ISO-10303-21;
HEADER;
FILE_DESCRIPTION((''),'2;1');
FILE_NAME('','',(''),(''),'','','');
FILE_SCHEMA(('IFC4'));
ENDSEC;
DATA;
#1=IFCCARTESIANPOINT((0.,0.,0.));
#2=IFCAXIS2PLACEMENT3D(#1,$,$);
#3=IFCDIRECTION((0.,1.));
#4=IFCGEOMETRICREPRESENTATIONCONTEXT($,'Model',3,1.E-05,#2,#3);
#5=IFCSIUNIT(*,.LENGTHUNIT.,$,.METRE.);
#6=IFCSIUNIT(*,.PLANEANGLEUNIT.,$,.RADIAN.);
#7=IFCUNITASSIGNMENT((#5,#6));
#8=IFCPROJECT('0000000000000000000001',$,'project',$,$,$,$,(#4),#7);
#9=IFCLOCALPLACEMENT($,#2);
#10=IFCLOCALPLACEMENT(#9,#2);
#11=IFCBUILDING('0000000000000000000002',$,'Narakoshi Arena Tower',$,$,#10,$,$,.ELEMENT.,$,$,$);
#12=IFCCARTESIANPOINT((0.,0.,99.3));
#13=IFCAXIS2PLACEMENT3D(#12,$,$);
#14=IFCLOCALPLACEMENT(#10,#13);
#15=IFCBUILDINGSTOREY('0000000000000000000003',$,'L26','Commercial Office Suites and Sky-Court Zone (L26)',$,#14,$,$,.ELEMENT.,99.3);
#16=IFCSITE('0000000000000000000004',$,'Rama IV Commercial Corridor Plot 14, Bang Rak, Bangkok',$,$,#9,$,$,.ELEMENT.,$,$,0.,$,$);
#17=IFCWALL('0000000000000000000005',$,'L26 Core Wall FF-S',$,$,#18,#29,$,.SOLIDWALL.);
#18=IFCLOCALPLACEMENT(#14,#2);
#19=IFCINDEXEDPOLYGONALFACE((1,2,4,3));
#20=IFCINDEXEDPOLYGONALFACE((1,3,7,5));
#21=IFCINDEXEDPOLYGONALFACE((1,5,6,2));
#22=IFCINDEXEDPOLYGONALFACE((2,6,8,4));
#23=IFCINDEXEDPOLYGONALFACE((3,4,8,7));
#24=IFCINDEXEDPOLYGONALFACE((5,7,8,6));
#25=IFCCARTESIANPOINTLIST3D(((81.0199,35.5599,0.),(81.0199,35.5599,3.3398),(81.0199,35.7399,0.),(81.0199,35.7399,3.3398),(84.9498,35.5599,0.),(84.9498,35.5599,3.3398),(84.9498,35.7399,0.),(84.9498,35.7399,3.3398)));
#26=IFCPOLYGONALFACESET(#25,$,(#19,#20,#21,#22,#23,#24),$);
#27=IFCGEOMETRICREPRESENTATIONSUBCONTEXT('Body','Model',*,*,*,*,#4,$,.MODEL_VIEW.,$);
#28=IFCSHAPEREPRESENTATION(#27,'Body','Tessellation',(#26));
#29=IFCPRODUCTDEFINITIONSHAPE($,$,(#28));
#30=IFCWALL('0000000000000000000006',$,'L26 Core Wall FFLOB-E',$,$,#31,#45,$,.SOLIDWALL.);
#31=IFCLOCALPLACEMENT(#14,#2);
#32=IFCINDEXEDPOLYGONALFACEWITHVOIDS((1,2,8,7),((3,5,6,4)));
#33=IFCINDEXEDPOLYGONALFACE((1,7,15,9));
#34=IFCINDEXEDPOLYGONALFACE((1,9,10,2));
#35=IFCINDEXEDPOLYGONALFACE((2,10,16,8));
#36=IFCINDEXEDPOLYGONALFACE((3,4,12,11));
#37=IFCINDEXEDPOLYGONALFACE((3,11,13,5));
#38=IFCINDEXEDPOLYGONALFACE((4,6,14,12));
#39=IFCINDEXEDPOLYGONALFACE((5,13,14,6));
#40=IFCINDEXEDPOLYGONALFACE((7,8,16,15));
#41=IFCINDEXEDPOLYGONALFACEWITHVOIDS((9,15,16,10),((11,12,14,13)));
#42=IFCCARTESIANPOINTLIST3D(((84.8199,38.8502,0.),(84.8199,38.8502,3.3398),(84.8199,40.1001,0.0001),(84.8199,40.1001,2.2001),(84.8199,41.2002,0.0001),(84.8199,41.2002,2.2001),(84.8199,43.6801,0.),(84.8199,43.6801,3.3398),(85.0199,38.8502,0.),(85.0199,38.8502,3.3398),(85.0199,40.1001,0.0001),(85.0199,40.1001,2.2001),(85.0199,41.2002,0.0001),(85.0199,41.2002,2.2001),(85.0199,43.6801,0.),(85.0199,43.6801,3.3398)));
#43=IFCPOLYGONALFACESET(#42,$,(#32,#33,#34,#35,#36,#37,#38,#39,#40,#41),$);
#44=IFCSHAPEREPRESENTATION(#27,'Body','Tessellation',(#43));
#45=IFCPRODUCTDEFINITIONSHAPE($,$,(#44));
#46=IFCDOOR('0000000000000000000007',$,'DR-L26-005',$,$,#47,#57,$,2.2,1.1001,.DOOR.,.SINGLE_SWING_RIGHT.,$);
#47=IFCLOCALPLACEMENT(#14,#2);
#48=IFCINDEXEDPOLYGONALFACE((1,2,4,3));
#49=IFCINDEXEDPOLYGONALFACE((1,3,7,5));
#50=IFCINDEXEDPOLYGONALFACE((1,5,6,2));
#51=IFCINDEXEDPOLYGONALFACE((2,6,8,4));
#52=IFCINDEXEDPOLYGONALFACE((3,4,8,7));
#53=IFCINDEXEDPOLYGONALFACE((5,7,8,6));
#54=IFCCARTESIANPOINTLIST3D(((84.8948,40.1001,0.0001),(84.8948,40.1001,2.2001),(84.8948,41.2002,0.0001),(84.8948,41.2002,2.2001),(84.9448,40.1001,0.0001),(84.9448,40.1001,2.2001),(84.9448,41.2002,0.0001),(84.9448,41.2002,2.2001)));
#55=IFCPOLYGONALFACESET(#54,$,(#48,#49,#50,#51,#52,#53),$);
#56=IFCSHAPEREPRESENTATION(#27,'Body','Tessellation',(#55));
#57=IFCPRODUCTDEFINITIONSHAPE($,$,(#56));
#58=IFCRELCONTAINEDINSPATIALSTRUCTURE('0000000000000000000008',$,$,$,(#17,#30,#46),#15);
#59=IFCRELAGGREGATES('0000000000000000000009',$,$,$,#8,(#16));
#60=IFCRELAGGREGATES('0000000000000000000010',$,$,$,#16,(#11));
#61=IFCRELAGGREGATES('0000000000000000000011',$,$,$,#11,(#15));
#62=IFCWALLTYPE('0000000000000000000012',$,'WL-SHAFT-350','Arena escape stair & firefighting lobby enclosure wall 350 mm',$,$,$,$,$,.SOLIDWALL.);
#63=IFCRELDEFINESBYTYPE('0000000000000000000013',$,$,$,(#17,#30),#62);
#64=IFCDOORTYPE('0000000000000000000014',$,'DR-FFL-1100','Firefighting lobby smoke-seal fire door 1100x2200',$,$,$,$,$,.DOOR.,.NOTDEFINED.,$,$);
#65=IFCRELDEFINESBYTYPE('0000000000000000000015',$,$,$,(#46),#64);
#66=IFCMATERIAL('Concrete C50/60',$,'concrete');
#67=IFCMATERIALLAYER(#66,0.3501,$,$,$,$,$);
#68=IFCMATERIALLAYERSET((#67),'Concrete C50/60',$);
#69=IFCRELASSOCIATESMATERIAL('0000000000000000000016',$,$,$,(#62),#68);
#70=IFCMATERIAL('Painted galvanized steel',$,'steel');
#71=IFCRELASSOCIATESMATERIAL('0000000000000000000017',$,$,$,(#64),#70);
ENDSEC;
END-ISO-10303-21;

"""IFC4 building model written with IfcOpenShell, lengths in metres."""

from ifc_helpers import new_model, si_unit, direction, frame, frame_2d, origin, place, context, subcontext, project, spatial, rectangle, extrude, material, layer, layer_set, type_object, element, fill, save


model = new_model("IFC4")

# Units and contexts
model_context = context("Model", 3, precision=1e-05, world=origin(), true_north=direction((0.0, 1.0)))
body_context = subcontext(model_context, "Body", "Model", "MODEL_VIEW")
ifc_project = project(units=[si_unit("LENGTHUNIT", "METRE"), si_unit("PLANEANGLEUNIT", "RADIAN")], contexts=[model_context])

# Site, building, storey
site_placement = place(None, origin())
site = spatial("IfcSite", under=ifc_project, at=site_placement, Name="Rama IV Commercial Corridor Plot 14, Bang Rak, Bangkok", CompositionType="ELEMENT", RefElevation=0.0)
building_placement = place(site_placement, origin())
building = spatial("IfcBuilding", under=site, at=building_placement, Name="Narakoshi Arena Tower", CompositionType="ELEMENT")
storey_placement = place(building_placement, frame((0.0, 0.0, 99.3)))
storey = spatial("IfcBuildingStorey", under=building, at=storey_placement, Name="L26", Description="Commercial Office Suites and Sky-Court Zone (L26)", CompositionType="ELEMENT", Elevation=99.3)

# Shared definitions
ifc_material_1 = material(Name="Concrete C50/60", Category="concrete")
ifc_layer_1 = layer(ifc_material_1, 0.3501)
ifc_layer_set_1 = layer_set([ifc_layer_1], Name="Concrete C50/60")
wall_type_1 = type_object("IfcWallType", Name="WL-SHAFT-350", Description="Arena escape stair & firefighting lobby enclosure wall 350 mm", PredefinedType="SOLIDWALL", material=ifc_layer_set_1)

# Shared definitions
ifc_material_2 = material(Name="Painted galvanized steel", Category="steel")

# Wall
wall_1_placement = place(storey_placement, frame((81.02, 35.6499, 0.0), z_axis=(0.0, 0.0, 1.0), x_axis=(1.0, 0.0, 0.0)))
element("IfcWall", 1, at=wall_1_placement, inside=storey, type_object=wall_type_1, Name="L26 Core Wall FF-S", PredefinedType="SOLIDWALL", context=body_context, shape_type="SweptSolid", body=[
    extrude(rectangle(XDim=3.9299, YDim=0.1799, at=frame_2d((1.9648, 0.0))), origin(), (0.0, 0.0, 1.0), 3.3398),
])

# Wall, opening, door
wall_2_placement = place(storey_placement, frame((84.9199, 38.8501, 0.0), z_axis=(0.0, 0.0, 1.0), x_axis=(0.0, 1.0, 0.0)))
wall_2 = element("IfcWall", 2, at=wall_2_placement, inside=storey, type_object=wall_type_1, Name="L26 Core Wall FFLOB-E", PredefinedType="SOLIDWALL", context=body_context, shape_type="SweptSolid", body=[
    extrude(rectangle(XDim=4.8298, YDim=0.2, at=frame_2d((2.415, 0.0))), origin(), (0.0, 0.0, 1.0), 3.3398),
])
opening_1_placement = place(wall_2_placement, frame((1.25, 0.0, 0.0)))
opening_1 = element("IfcOpeningElement", 3, at=opening_1_placement, cuts=wall_2, PredefinedType="OPENING", context=body_context, shape_type="SweptSolid", body=[
    extrude(rectangle(XDim=1.1001, YDim=2.2, at=frame_2d((0.55, 1.1001))), frame((0.0, 0.1099, 0.0), z_axis=(0.0, -1.0, 0.0), x_axis=(1.0, 0.0, 0.0)), (0.0, 0.0, 1.0), 0.22),
])
door_type_1 = type_object("IfcDoorType", Name="DR-FFL-1100", Description="Firefighting lobby smoke-seal fire door 1100x2200", OperationType="NOTDEFINED", PredefinedType="DOOR", material=ifc_material_2)
door_1_placement = place(opening_1_placement, frame((1.1001, 0.0, 0.0), z_axis=(0.0, 0.0, 1.0), x_axis=(-1.0, 0.0, 0.0)))
door_1 = element("IfcDoor", 4, at=door_1_placement, inside=storey, type_object=door_type_1, Name="DR-L26-005", OperationType="SINGLE_SWING_RIGHT", OverallHeight=2.2, OverallWidth=1.1001, PredefinedType="DOOR", context=body_context, shape_type="SweptSolid", body=[
    extrude(rectangle(XDim=1.1001, YDim=2.2, at=frame_2d((0.55, 1.1001))), frame((0.0, 0.0249, 0.0), z_axis=(0.0, -1.0, 0.0), x_axis=(1.0, 0.0, 0.0)), (0.0, 0.0, 1.0), 0.05),
])
fill(opening_1, door_1)

save(model, "model.ifc")
